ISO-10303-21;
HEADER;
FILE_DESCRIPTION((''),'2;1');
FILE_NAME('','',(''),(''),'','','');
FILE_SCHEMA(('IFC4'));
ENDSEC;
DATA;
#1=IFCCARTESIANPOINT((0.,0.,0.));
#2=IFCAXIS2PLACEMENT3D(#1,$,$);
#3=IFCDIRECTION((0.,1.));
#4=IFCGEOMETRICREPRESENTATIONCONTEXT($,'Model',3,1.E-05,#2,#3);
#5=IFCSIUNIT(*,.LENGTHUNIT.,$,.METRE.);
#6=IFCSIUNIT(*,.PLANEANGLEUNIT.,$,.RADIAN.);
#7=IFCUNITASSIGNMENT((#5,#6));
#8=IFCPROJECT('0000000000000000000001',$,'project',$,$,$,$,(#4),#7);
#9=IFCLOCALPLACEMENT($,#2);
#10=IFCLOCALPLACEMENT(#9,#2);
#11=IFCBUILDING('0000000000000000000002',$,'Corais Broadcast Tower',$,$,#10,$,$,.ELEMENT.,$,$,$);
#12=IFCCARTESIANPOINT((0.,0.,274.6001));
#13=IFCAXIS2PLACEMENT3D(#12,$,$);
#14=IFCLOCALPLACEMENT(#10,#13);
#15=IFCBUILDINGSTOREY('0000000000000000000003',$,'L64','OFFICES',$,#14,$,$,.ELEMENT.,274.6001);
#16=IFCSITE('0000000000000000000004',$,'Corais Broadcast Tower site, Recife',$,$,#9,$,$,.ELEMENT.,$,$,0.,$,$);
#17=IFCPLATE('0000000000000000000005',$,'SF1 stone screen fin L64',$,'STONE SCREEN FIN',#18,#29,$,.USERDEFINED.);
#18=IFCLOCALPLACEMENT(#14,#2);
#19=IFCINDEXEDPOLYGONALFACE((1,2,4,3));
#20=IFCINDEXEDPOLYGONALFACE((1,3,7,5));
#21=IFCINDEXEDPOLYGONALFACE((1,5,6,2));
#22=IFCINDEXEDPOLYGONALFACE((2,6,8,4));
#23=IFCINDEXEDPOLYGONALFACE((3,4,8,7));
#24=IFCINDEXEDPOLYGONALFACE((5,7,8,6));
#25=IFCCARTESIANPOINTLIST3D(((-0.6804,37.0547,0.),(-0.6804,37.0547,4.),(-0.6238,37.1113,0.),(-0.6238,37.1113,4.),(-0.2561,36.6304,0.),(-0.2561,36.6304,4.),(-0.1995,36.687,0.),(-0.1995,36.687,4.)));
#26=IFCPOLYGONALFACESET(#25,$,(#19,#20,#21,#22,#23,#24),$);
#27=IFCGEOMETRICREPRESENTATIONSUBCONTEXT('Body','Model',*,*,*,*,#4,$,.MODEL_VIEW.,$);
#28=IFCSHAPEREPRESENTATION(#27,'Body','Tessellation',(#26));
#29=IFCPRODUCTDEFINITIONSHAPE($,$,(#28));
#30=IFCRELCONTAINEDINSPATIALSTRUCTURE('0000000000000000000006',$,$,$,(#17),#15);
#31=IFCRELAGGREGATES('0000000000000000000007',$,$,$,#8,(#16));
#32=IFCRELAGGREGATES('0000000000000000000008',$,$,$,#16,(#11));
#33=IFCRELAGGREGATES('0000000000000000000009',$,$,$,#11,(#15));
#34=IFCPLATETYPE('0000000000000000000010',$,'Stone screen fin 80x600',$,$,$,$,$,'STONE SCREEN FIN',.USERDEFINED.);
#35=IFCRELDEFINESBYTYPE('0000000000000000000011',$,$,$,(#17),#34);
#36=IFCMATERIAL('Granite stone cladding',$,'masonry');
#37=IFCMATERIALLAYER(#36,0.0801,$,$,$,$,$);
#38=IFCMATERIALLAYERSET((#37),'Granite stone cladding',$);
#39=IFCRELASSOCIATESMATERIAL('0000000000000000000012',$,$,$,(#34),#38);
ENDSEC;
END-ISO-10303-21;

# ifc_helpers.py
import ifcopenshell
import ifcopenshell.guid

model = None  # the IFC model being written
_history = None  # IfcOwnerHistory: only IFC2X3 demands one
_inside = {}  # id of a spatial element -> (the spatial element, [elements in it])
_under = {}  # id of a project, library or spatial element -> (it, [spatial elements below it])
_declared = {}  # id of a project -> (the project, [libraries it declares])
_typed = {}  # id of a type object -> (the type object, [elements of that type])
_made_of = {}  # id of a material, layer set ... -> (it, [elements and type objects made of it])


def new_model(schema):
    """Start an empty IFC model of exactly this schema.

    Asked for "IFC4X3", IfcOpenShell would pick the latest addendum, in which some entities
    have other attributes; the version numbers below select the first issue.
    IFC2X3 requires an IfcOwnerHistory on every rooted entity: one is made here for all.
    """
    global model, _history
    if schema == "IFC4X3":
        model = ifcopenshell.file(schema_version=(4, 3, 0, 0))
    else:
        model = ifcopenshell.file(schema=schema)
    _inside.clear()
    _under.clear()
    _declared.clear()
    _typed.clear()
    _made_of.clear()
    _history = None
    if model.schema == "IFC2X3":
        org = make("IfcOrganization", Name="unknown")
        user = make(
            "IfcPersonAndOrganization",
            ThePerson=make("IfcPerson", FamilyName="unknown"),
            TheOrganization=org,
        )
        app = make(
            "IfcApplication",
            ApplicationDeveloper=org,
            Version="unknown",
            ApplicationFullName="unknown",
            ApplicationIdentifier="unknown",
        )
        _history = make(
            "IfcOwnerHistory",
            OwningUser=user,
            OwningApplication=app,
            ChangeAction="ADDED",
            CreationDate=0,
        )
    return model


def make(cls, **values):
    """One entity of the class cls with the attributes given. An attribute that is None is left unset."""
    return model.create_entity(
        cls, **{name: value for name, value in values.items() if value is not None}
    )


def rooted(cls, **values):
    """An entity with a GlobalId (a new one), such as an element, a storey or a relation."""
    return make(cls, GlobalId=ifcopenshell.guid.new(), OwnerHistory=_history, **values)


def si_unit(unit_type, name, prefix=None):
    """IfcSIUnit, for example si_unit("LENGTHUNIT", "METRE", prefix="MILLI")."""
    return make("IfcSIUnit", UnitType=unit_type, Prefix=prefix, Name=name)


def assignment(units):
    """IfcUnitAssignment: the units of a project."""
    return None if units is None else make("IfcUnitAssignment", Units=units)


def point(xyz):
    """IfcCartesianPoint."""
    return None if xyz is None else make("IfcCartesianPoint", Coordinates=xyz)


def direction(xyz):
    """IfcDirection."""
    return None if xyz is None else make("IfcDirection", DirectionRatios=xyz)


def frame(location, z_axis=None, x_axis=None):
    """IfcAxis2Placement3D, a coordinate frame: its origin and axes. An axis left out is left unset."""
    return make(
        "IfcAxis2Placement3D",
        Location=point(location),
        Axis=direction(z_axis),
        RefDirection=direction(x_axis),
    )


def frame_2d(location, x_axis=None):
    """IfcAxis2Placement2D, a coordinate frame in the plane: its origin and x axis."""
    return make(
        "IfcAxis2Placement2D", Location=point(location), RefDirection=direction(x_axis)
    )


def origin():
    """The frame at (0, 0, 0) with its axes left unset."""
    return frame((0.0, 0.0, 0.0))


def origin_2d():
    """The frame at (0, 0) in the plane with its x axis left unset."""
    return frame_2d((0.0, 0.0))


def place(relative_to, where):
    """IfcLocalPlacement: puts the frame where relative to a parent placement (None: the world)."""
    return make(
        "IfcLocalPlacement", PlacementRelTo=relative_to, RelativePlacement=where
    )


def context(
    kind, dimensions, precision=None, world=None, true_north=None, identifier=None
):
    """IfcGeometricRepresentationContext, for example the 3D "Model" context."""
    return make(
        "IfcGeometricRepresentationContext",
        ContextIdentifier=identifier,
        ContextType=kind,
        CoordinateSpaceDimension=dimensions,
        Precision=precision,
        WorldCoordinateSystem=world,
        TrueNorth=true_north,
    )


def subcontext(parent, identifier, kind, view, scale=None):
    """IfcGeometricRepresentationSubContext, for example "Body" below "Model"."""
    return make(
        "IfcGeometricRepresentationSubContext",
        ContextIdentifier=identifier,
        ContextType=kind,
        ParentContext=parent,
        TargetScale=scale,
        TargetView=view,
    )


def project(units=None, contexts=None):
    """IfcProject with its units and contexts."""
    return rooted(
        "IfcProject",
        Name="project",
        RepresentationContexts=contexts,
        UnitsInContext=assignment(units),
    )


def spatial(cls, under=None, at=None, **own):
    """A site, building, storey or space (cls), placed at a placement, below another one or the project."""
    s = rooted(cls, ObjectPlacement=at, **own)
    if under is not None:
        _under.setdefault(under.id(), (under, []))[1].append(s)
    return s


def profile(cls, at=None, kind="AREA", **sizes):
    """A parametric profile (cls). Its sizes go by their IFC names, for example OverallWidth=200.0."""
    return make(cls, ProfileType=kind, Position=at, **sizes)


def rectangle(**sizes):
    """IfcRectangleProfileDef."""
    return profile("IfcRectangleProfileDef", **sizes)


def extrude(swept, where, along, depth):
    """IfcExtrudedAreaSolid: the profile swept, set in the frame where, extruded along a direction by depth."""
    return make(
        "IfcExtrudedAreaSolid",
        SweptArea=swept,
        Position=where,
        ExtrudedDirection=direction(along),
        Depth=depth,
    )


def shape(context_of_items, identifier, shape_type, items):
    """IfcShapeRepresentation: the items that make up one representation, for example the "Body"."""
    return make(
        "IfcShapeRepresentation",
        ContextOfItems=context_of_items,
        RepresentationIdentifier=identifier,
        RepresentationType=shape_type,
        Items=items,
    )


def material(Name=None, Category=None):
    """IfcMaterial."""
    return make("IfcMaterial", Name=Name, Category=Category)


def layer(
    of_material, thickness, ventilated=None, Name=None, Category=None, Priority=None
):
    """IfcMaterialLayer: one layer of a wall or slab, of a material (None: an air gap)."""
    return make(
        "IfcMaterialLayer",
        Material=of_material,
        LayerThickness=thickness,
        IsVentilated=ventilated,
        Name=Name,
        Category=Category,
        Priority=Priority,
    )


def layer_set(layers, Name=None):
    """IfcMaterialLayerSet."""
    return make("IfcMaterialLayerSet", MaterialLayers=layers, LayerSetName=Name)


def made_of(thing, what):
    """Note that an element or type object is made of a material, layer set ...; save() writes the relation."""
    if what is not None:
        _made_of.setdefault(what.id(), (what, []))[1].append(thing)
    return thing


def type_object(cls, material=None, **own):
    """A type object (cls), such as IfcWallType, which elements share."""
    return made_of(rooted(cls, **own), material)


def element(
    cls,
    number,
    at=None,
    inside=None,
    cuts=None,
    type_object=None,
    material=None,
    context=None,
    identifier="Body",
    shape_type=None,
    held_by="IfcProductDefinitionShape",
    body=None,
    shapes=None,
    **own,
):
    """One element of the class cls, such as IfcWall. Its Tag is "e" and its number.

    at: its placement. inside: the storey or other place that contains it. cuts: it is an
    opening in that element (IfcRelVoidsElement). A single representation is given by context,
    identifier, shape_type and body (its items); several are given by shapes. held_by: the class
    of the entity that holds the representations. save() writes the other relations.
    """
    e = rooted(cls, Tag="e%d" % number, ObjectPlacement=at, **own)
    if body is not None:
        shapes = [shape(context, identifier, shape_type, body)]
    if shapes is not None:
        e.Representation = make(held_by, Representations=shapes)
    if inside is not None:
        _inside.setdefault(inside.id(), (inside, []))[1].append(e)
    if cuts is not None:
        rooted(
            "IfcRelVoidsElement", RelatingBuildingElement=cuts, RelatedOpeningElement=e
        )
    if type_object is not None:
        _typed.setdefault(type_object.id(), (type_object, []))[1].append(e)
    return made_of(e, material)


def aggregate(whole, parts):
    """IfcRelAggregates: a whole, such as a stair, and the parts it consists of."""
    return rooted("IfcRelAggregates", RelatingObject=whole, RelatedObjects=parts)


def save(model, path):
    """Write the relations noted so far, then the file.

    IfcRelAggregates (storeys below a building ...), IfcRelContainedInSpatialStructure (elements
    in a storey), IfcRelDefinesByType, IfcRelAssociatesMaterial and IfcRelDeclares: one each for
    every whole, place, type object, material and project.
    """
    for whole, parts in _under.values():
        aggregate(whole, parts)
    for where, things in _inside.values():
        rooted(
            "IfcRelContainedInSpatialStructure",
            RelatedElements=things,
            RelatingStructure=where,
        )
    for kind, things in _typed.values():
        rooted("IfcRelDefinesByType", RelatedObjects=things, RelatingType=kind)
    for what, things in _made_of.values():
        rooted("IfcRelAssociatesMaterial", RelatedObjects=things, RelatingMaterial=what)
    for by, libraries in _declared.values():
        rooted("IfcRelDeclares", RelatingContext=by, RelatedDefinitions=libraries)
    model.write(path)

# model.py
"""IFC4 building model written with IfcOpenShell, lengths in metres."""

from ifc_helpers import new_model, si_unit, direction, frame, origin, origin_2d, place, context, subcontext, project, spatial, rectangle, extrude, material, layer, layer_set, type_object, element, save


model = new_model("IFC4")

# Units and contexts
model_context = context("Model", 3, precision=1e-05, world=origin(), true_north=direction((0.0, 1.0)))
body_context = subcontext(model_context, "Body", "Model", "MODEL_VIEW")
ifc_project = project(units=[si_unit("LENGTHUNIT", "METRE"), si_unit("PLANEANGLEUNIT", "RADIAN")], contexts=[model_context])

# Site, building, storey
site_placement = place(None, origin())
site = spatial("IfcSite", under=ifc_project, at=site_placement, Name="Corais Broadcast Tower site, Recife", CompositionType="ELEMENT", RefElevation=0.0)
building_placement = place(site_placement, origin())
building = spatial("IfcBuilding", under=site, at=building_placement, Name="Corais Broadcast Tower", CompositionType="ELEMENT")
storey_placement = place(building_placement, frame((0.0, 0.0, 274.6001)))
storey = spatial("IfcBuildingStorey", under=building, at=storey_placement, Name="L64", Description="OFFICES", CompositionType="ELEMENT", Elevation=274.6001)

# Plate
ifc_material_1 = material(Name="Granite stone cladding", Category="masonry")
ifc_layer_1 = layer(ifc_material_1, 0.0801)
ifc_layer_set_1 = layer_set([ifc_layer_1], Name="Granite stone cladding")
plate_type_1 = type_object("IfcPlateType", Name="Stone screen fin 80x600", ElementType="STONE SCREEN FIN", PredefinedType="USERDEFINED", material=ifc_layer_set_1)
plate_1_placement = place(storey_placement, frame((-0.4399, 36.8708, 0.0), z_axis=(0.0, 0.0, 1.0), x_axis=(0.707107, 0.707107, 0.0)))
element("IfcPlate", 1, at=plate_1_placement, inside=storey, type_object=plate_type_1, Name="SF1 stone screen fin L64", ObjectType="STONE SCREEN FIN", PredefinedType="USERDEFINED", context=body_context, shape_type="SweptSolid", body=[
    extrude(rectangle(XDim=0.0801, YDim=0.6001, at=origin_2d()), origin(), (0.0, 0.0, 1.0), 4.0),
])

save(model, "model.ifc")
